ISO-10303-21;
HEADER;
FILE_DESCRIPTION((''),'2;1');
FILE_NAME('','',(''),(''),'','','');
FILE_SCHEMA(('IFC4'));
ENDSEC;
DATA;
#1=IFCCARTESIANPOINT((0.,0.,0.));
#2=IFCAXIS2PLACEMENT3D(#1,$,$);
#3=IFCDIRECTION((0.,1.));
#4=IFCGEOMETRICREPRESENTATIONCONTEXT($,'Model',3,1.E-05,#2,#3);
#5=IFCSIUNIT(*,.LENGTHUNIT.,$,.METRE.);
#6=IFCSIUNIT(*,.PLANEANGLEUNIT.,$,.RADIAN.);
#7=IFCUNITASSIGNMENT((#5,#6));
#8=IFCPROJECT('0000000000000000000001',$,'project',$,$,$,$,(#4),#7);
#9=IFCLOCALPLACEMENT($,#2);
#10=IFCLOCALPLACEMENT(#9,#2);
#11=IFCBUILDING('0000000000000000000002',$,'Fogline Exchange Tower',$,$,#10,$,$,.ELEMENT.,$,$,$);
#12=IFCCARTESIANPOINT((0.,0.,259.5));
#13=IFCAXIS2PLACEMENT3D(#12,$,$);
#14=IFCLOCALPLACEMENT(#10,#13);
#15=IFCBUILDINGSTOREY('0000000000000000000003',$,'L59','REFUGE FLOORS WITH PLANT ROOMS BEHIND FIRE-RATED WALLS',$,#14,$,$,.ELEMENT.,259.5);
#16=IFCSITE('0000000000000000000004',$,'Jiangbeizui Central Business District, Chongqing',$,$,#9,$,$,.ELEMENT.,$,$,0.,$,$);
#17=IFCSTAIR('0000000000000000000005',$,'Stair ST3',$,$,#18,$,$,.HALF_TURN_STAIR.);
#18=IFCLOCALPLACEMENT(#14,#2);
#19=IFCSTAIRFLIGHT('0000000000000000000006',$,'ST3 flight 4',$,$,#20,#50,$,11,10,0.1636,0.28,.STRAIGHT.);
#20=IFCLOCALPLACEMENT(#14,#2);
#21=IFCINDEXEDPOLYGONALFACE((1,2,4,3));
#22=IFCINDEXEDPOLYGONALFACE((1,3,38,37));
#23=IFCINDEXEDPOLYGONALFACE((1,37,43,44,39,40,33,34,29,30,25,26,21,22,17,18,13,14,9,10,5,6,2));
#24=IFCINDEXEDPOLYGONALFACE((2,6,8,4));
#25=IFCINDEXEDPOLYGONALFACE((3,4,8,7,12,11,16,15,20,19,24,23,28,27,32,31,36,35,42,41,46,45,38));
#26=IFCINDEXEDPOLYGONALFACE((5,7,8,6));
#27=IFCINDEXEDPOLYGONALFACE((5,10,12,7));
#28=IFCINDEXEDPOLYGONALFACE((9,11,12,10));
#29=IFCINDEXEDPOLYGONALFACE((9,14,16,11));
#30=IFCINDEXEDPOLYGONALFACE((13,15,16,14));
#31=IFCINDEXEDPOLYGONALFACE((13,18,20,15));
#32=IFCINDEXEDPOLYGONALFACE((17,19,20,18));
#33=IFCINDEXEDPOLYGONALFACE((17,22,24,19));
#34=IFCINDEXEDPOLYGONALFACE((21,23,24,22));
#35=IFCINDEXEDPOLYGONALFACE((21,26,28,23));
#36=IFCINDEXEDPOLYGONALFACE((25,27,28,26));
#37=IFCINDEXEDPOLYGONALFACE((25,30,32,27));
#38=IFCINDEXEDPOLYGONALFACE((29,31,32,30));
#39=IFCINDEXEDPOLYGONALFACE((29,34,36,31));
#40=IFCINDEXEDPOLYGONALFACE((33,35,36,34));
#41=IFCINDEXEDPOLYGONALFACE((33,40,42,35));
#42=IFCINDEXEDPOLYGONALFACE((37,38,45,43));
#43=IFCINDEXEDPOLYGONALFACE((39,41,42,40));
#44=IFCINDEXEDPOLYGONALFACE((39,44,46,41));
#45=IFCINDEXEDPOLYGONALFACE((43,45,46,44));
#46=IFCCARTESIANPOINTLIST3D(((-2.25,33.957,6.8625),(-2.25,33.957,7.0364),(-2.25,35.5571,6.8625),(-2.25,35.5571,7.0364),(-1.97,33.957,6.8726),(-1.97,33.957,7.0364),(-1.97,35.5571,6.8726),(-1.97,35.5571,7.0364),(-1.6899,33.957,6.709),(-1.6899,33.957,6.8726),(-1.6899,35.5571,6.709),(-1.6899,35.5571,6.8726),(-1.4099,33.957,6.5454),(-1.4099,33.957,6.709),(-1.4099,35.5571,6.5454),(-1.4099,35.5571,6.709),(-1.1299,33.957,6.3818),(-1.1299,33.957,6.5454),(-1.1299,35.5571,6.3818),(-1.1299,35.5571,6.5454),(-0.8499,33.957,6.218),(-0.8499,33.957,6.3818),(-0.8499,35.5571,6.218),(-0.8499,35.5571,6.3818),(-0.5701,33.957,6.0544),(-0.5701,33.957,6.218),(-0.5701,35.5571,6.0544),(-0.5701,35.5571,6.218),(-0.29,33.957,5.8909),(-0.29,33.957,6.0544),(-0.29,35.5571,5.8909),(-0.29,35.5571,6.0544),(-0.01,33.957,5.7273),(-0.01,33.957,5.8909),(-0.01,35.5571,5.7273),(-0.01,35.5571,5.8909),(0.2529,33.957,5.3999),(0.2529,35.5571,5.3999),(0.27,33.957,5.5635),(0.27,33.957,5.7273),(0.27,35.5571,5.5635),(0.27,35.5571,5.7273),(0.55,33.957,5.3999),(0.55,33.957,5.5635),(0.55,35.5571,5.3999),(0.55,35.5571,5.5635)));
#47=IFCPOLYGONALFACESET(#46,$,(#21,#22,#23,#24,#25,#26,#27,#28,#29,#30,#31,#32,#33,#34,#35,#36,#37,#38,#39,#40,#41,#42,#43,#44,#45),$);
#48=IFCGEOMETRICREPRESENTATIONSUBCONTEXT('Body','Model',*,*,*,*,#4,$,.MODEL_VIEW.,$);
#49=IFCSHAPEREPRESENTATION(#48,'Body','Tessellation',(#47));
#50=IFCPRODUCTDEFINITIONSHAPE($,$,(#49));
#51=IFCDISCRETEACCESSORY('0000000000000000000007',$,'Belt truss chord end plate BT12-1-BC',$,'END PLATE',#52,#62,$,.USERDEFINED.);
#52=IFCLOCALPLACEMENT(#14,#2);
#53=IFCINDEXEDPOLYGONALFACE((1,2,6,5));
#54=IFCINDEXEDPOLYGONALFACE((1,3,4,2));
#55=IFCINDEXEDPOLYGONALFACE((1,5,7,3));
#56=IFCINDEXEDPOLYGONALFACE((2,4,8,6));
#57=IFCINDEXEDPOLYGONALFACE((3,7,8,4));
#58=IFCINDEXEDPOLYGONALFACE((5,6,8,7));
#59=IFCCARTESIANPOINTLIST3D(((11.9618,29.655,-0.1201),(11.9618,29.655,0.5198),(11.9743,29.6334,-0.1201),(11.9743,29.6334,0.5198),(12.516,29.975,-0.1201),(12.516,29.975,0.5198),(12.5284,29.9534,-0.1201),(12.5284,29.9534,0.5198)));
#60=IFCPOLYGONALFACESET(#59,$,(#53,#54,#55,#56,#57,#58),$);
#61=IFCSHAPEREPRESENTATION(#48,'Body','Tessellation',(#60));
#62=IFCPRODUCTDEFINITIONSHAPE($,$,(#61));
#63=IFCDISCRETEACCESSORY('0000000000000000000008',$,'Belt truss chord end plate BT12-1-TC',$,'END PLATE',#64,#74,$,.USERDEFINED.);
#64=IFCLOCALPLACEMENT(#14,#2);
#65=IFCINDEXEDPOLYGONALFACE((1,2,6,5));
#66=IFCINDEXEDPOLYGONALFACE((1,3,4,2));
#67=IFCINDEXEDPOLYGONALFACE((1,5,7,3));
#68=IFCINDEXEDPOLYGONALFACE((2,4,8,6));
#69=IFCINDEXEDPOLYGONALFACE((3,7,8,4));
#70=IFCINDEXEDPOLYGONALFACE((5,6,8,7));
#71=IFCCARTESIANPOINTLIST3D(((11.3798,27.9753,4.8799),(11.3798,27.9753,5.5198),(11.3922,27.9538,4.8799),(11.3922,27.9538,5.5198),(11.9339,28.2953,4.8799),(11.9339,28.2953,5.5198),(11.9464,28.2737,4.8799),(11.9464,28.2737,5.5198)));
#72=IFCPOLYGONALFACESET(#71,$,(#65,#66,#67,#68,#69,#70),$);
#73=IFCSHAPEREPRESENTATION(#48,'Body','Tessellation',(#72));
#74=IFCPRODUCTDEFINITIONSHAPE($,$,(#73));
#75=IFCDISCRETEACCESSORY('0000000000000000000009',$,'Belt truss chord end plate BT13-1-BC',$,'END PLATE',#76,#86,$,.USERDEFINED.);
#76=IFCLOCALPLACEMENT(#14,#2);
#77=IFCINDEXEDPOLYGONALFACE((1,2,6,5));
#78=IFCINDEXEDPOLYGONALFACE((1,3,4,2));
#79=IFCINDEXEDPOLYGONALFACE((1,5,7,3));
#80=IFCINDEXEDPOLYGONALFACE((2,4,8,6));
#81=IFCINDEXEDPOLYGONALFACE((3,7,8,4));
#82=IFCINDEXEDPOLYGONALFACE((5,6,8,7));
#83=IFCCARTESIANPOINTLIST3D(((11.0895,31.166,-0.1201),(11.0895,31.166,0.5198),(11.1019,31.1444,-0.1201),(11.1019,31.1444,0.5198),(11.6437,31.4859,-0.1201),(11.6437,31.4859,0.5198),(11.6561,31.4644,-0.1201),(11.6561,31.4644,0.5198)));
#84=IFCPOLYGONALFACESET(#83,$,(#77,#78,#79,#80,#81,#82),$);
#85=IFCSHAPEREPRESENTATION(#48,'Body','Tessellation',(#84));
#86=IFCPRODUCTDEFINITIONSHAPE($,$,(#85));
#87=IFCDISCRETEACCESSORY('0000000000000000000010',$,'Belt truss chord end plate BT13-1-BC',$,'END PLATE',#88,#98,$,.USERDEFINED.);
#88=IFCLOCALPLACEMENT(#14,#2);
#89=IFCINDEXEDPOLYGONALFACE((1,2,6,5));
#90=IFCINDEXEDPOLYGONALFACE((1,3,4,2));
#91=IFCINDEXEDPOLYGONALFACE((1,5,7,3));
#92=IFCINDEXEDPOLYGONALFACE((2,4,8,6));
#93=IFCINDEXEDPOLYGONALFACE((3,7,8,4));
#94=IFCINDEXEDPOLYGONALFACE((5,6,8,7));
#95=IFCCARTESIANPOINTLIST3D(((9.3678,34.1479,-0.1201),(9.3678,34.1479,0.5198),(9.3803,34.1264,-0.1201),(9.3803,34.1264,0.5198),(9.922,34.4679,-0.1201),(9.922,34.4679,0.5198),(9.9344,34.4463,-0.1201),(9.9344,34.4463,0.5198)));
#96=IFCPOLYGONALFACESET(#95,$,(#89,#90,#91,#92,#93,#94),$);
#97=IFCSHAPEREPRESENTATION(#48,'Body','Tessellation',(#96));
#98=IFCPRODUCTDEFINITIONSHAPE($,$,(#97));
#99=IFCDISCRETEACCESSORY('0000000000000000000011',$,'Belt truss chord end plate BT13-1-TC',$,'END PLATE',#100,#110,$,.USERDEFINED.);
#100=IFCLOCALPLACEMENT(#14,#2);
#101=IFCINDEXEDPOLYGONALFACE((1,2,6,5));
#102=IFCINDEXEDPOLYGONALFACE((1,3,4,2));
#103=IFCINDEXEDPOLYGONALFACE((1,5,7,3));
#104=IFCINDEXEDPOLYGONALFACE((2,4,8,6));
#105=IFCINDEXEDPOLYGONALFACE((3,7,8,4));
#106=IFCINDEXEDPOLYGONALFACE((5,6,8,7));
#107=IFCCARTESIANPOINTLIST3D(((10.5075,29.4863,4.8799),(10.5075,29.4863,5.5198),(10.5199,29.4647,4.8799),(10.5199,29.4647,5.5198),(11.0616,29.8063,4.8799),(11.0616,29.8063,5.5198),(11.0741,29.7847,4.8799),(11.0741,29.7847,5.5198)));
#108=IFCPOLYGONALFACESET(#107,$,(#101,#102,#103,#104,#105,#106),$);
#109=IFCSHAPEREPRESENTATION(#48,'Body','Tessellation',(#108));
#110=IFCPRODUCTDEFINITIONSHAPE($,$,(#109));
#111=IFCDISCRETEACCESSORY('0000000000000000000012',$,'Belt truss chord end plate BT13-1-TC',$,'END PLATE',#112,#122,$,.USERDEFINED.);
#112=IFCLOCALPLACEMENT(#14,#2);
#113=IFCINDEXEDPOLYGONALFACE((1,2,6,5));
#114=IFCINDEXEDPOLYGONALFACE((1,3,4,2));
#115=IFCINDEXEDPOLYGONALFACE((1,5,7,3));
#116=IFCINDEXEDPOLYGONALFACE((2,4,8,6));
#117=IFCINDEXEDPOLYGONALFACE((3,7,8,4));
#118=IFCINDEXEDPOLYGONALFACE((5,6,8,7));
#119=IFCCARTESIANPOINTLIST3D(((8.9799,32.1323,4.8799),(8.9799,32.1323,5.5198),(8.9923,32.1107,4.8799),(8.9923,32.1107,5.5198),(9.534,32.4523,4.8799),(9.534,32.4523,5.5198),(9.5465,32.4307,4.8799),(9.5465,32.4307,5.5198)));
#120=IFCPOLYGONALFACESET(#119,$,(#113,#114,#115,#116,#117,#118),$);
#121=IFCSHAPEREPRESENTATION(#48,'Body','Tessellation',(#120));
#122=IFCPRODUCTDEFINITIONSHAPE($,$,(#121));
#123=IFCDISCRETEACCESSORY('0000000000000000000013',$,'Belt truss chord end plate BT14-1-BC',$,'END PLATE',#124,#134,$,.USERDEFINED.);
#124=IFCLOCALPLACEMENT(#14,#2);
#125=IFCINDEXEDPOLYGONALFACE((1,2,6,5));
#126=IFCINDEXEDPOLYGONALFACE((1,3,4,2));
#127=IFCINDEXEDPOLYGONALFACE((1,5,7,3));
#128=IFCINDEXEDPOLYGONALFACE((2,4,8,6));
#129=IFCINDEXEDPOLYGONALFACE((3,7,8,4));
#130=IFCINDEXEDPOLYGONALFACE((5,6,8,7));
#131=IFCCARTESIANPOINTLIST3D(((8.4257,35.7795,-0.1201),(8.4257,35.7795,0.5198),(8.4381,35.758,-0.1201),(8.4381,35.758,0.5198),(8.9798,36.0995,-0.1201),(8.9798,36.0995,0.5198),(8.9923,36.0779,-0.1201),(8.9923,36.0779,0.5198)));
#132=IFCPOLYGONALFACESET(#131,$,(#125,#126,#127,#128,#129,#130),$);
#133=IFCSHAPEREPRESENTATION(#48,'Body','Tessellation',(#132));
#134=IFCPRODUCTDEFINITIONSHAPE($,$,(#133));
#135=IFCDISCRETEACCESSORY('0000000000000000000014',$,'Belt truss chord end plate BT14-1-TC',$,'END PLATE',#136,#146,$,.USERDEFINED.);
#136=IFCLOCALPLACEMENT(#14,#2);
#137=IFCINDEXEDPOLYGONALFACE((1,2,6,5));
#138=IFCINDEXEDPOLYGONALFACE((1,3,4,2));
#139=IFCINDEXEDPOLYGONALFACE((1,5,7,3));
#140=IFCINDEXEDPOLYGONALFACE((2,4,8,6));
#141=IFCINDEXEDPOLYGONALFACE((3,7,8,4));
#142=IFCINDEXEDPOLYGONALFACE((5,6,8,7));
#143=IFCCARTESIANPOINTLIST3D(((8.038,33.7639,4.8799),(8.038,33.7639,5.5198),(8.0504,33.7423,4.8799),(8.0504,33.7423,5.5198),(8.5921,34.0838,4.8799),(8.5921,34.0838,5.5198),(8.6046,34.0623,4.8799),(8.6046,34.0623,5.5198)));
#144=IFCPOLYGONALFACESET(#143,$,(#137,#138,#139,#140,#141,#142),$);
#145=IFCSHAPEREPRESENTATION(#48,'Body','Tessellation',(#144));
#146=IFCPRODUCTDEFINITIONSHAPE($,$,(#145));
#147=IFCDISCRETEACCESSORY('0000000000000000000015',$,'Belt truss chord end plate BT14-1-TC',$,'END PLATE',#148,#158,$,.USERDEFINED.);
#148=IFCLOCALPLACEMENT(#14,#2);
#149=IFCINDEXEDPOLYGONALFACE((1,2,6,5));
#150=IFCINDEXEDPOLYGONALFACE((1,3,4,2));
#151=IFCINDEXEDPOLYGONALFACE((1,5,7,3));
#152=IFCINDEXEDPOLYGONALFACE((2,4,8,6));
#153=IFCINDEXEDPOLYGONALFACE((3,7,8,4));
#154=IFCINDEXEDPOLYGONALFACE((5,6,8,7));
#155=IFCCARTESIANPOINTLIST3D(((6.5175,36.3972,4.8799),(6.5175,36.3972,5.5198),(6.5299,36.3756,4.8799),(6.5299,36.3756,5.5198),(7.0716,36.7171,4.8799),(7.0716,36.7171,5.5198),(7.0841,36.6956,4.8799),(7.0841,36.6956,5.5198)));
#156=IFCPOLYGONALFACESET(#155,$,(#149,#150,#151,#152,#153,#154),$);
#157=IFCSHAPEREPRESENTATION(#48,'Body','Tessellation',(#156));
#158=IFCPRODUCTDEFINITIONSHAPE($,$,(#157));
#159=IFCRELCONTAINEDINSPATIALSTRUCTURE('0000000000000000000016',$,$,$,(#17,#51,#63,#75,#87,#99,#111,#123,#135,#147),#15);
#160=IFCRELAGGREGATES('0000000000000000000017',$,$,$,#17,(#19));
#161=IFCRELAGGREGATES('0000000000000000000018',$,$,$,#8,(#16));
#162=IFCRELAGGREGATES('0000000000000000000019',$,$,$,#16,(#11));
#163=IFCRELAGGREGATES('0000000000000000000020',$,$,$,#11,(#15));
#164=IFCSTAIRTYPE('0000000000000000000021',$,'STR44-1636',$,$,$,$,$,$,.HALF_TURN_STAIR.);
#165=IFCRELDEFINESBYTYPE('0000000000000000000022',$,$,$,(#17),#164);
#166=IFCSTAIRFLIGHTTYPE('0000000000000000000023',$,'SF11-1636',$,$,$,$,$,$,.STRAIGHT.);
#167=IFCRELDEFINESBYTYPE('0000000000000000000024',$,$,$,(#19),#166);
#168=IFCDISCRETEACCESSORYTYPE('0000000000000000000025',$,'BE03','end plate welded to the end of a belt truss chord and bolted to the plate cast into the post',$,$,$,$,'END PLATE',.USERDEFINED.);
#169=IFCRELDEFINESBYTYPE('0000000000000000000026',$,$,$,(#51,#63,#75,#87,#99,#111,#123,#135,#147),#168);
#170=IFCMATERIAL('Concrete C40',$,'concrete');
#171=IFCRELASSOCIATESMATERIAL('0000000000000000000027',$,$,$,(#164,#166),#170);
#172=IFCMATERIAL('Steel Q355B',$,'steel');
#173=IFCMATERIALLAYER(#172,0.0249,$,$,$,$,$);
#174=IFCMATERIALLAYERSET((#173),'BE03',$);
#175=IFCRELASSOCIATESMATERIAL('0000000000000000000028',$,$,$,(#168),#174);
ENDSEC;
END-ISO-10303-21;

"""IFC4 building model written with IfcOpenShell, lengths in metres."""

from ifc_helpers import new_model, si_unit, direction, frame, origin, origin_2d, place, context, subcontext, project, spatial, polyline, rectangle, outline, extrude, material, layer, layer_set, type_object, element, aggregate, save


model = new_model("IFC4")

# Units and contexts
model_context = context("Model", 3, precision=1e-05, world=origin(), true_north=direction((0.0, 1.0)))
body_context = subcontext(model_context, "Body", "Model", "MODEL_VIEW")
ifc_project = project(units=[si_unit("LENGTHUNIT", "METRE"), si_unit("PLANEANGLEUNIT", "RADIAN")], contexts=[model_context])

# Site, building, storey
site_placement = place(None, origin())
site = spatial("IfcSite", under=ifc_project, at=site_placement, Name="Jiangbeizui Central Business District, Chongqing", CompositionType="ELEMENT", RefElevation=0.0)
building_placement = place(site_placement, origin())
building = spatial("IfcBuilding", under=site, at=building_placement, Name="Fogline Exchange Tower", CompositionType="ELEMENT")
storey_placement = place(building_placement, frame((0.0, 0.0, 259.5)))
storey = spatial("IfcBuildingStorey", under=building, at=storey_placement, Name="L59", Description="REFUGE FLOORS WITH PLANT ROOMS BEHIND FIRE-RATED WALLS", CompositionType="ELEMENT", Elevation=259.5)

# Shared definitions
ifc_material_1 = material(Name="Concrete C40", Category="concrete")

# Shared definitions
ifc_material_2 = material(Name="Steel Q355B", Category="steel")

# Stair, stair flight
stair_type = type_object("IfcStairType", Name="STR44-1636", PredefinedType="HALF_TURN_STAIR", material=ifc_material_1)
stair_placement = place(storey_placement, origin())
stair = element("IfcStair", 1, at=stair_placement, inside=storey, type_object=stair_type, Name="Stair ST3", PredefinedType="HALF_TURN_STAIR")
stair_flight_type = type_object("IfcStairFlightType", Name="SF11-1636", PredefinedType="STRAIGHT", material=ifc_material_1)
stair_flight_1_placement = place(storey_placement, frame((0.55, 34.7571, 5.3999), z_axis=(0.0, 0.0, 1.0), x_axis=(-1.0, 0.0, 0.0)))
stair_flight_1 = element("IfcStairFlight", 2, at=stair_flight_1_placement, type_object=stair_flight_type, Name="ST3 flight 4", NumberOfRisers=11, NumberOfTreads=10, PredefinedType="STRAIGHT", RiserHeight=0.1636, TreadLength=0.28, context=body_context, shape_type="SweptSolid", body=[
    extrude(outline(polyline([(0.0, 0.0), (0.0, 0.1636), (0.28, 0.1636), (0.28, 0.3274), (0.5601, 0.3274), (0.5601, 0.491), (0.8401, 0.491), (0.8401, 0.6545), (1.1201, 0.6545), (1.1201, 0.8181), (1.3999, 0.8181), (1.3999, 0.9819), (1.6799, 0.9819), (1.6799, 1.1455), (1.96, 1.1455), (1.96, 1.3091), (2.24, 1.3091), (2.24, 1.4727), (2.52, 1.4727), (2.52, 1.6365), (2.8, 1.6365), (2.8, 1.8), (2.8, 1.4626), (0.2971, 0.0), (0.0, 0.0)])), frame((0.0, 0.8, 0.0), z_axis=(0.0, -1.0, 0.0), x_axis=(1.0, 0.0, 0.0)), (0.0, 0.0, 1.0), 1.6001),
])
aggregate(stair, [stair_flight_1])

# Discrete accessories
ifc_layer_1 = layer(ifc_material_2, 0.0249)
ifc_layer_set_1 = layer_set([ifc_layer_1], Name="BE03")
discrete_accessory_type = type_object("IfcDiscreteAccessoryType", Name="BE03", Description="end plate welded to the end of a belt truss chord and bolted to the plate cast into the post", ElementType="END PLATE", PredefinedType="USERDEFINED", material=ifc_layer_set_1)
for number, where, z_axis, x_axis, name in (
    (3, (12.2451, 29.8042, -0.1201), (0.0, 0.0, 1.0), (-0.5, 0.866025, 0.0), "Belt truss chord end plate BT12-1-BC"),
    (4, (11.6631, 28.1245, 4.8799), (0.0, 0.0, 1.0), (-0.5, 0.866025, 0.0), "Belt truss chord end plate BT12-1-TC"),
    (5, (11.3728, 31.3152, -0.1201), (0.0, 0.0, 1.0), (0.5, -0.866025, 0.0), "Belt truss chord end plate BT13-1-BC"),
    (6, (9.6511, 34.2971, -0.1201), (0.0, 0.0, 1.0), (-0.5, 0.866025, 0.0), "Belt truss chord end plate BT13-1-BC"),
    (7, (10.7908, 29.6355, 4.8799), (0.0, 0.0, 1.0), (0.5, -0.866025, 0.0), "Belt truss chord end plate BT13-1-TC"),
    (8, (9.2632, 32.2815, 4.8799), (0.0, 0.0, 1.0), (-0.5, 0.866025, 0.0), "Belt truss chord end plate BT13-1-TC"),
    (9, (8.709, 35.9287, -0.1201), (0.0, 0.0, 1.0), (0.5, -0.866025, 0.0), "Belt truss chord end plate BT14-1-BC"),
    (10, (8.3213, 33.9131, 4.8799), (0.0, 0.0, 1.0), (0.5, -0.866025, 0.0), "Belt truss chord end plate BT14-1-TC"),
    (11, (6.8008, 36.5464, 4.8799), (0.0, 0.0, 1.0), (-0.5, 0.866025, 0.0), "Belt truss chord end plate BT14-1-TC"),
):
    element("IfcDiscreteAccessory", number, at=place(storey_placement, frame(where, z_axis=z_axis, x_axis=x_axis)), inside=storey, type_object=discrete_accessory_type, Name=name, ObjectType="END PLATE", PredefinedType="USERDEFINED", context=body_context, shape_type="SweptSolid", body=[
        extrude(rectangle(XDim=0.0249, YDim=0.6399, at=origin_2d()), origin(), (0.0, 0.0, 1.0), 0.6399),
    ])

save(model, "model.ifc")
